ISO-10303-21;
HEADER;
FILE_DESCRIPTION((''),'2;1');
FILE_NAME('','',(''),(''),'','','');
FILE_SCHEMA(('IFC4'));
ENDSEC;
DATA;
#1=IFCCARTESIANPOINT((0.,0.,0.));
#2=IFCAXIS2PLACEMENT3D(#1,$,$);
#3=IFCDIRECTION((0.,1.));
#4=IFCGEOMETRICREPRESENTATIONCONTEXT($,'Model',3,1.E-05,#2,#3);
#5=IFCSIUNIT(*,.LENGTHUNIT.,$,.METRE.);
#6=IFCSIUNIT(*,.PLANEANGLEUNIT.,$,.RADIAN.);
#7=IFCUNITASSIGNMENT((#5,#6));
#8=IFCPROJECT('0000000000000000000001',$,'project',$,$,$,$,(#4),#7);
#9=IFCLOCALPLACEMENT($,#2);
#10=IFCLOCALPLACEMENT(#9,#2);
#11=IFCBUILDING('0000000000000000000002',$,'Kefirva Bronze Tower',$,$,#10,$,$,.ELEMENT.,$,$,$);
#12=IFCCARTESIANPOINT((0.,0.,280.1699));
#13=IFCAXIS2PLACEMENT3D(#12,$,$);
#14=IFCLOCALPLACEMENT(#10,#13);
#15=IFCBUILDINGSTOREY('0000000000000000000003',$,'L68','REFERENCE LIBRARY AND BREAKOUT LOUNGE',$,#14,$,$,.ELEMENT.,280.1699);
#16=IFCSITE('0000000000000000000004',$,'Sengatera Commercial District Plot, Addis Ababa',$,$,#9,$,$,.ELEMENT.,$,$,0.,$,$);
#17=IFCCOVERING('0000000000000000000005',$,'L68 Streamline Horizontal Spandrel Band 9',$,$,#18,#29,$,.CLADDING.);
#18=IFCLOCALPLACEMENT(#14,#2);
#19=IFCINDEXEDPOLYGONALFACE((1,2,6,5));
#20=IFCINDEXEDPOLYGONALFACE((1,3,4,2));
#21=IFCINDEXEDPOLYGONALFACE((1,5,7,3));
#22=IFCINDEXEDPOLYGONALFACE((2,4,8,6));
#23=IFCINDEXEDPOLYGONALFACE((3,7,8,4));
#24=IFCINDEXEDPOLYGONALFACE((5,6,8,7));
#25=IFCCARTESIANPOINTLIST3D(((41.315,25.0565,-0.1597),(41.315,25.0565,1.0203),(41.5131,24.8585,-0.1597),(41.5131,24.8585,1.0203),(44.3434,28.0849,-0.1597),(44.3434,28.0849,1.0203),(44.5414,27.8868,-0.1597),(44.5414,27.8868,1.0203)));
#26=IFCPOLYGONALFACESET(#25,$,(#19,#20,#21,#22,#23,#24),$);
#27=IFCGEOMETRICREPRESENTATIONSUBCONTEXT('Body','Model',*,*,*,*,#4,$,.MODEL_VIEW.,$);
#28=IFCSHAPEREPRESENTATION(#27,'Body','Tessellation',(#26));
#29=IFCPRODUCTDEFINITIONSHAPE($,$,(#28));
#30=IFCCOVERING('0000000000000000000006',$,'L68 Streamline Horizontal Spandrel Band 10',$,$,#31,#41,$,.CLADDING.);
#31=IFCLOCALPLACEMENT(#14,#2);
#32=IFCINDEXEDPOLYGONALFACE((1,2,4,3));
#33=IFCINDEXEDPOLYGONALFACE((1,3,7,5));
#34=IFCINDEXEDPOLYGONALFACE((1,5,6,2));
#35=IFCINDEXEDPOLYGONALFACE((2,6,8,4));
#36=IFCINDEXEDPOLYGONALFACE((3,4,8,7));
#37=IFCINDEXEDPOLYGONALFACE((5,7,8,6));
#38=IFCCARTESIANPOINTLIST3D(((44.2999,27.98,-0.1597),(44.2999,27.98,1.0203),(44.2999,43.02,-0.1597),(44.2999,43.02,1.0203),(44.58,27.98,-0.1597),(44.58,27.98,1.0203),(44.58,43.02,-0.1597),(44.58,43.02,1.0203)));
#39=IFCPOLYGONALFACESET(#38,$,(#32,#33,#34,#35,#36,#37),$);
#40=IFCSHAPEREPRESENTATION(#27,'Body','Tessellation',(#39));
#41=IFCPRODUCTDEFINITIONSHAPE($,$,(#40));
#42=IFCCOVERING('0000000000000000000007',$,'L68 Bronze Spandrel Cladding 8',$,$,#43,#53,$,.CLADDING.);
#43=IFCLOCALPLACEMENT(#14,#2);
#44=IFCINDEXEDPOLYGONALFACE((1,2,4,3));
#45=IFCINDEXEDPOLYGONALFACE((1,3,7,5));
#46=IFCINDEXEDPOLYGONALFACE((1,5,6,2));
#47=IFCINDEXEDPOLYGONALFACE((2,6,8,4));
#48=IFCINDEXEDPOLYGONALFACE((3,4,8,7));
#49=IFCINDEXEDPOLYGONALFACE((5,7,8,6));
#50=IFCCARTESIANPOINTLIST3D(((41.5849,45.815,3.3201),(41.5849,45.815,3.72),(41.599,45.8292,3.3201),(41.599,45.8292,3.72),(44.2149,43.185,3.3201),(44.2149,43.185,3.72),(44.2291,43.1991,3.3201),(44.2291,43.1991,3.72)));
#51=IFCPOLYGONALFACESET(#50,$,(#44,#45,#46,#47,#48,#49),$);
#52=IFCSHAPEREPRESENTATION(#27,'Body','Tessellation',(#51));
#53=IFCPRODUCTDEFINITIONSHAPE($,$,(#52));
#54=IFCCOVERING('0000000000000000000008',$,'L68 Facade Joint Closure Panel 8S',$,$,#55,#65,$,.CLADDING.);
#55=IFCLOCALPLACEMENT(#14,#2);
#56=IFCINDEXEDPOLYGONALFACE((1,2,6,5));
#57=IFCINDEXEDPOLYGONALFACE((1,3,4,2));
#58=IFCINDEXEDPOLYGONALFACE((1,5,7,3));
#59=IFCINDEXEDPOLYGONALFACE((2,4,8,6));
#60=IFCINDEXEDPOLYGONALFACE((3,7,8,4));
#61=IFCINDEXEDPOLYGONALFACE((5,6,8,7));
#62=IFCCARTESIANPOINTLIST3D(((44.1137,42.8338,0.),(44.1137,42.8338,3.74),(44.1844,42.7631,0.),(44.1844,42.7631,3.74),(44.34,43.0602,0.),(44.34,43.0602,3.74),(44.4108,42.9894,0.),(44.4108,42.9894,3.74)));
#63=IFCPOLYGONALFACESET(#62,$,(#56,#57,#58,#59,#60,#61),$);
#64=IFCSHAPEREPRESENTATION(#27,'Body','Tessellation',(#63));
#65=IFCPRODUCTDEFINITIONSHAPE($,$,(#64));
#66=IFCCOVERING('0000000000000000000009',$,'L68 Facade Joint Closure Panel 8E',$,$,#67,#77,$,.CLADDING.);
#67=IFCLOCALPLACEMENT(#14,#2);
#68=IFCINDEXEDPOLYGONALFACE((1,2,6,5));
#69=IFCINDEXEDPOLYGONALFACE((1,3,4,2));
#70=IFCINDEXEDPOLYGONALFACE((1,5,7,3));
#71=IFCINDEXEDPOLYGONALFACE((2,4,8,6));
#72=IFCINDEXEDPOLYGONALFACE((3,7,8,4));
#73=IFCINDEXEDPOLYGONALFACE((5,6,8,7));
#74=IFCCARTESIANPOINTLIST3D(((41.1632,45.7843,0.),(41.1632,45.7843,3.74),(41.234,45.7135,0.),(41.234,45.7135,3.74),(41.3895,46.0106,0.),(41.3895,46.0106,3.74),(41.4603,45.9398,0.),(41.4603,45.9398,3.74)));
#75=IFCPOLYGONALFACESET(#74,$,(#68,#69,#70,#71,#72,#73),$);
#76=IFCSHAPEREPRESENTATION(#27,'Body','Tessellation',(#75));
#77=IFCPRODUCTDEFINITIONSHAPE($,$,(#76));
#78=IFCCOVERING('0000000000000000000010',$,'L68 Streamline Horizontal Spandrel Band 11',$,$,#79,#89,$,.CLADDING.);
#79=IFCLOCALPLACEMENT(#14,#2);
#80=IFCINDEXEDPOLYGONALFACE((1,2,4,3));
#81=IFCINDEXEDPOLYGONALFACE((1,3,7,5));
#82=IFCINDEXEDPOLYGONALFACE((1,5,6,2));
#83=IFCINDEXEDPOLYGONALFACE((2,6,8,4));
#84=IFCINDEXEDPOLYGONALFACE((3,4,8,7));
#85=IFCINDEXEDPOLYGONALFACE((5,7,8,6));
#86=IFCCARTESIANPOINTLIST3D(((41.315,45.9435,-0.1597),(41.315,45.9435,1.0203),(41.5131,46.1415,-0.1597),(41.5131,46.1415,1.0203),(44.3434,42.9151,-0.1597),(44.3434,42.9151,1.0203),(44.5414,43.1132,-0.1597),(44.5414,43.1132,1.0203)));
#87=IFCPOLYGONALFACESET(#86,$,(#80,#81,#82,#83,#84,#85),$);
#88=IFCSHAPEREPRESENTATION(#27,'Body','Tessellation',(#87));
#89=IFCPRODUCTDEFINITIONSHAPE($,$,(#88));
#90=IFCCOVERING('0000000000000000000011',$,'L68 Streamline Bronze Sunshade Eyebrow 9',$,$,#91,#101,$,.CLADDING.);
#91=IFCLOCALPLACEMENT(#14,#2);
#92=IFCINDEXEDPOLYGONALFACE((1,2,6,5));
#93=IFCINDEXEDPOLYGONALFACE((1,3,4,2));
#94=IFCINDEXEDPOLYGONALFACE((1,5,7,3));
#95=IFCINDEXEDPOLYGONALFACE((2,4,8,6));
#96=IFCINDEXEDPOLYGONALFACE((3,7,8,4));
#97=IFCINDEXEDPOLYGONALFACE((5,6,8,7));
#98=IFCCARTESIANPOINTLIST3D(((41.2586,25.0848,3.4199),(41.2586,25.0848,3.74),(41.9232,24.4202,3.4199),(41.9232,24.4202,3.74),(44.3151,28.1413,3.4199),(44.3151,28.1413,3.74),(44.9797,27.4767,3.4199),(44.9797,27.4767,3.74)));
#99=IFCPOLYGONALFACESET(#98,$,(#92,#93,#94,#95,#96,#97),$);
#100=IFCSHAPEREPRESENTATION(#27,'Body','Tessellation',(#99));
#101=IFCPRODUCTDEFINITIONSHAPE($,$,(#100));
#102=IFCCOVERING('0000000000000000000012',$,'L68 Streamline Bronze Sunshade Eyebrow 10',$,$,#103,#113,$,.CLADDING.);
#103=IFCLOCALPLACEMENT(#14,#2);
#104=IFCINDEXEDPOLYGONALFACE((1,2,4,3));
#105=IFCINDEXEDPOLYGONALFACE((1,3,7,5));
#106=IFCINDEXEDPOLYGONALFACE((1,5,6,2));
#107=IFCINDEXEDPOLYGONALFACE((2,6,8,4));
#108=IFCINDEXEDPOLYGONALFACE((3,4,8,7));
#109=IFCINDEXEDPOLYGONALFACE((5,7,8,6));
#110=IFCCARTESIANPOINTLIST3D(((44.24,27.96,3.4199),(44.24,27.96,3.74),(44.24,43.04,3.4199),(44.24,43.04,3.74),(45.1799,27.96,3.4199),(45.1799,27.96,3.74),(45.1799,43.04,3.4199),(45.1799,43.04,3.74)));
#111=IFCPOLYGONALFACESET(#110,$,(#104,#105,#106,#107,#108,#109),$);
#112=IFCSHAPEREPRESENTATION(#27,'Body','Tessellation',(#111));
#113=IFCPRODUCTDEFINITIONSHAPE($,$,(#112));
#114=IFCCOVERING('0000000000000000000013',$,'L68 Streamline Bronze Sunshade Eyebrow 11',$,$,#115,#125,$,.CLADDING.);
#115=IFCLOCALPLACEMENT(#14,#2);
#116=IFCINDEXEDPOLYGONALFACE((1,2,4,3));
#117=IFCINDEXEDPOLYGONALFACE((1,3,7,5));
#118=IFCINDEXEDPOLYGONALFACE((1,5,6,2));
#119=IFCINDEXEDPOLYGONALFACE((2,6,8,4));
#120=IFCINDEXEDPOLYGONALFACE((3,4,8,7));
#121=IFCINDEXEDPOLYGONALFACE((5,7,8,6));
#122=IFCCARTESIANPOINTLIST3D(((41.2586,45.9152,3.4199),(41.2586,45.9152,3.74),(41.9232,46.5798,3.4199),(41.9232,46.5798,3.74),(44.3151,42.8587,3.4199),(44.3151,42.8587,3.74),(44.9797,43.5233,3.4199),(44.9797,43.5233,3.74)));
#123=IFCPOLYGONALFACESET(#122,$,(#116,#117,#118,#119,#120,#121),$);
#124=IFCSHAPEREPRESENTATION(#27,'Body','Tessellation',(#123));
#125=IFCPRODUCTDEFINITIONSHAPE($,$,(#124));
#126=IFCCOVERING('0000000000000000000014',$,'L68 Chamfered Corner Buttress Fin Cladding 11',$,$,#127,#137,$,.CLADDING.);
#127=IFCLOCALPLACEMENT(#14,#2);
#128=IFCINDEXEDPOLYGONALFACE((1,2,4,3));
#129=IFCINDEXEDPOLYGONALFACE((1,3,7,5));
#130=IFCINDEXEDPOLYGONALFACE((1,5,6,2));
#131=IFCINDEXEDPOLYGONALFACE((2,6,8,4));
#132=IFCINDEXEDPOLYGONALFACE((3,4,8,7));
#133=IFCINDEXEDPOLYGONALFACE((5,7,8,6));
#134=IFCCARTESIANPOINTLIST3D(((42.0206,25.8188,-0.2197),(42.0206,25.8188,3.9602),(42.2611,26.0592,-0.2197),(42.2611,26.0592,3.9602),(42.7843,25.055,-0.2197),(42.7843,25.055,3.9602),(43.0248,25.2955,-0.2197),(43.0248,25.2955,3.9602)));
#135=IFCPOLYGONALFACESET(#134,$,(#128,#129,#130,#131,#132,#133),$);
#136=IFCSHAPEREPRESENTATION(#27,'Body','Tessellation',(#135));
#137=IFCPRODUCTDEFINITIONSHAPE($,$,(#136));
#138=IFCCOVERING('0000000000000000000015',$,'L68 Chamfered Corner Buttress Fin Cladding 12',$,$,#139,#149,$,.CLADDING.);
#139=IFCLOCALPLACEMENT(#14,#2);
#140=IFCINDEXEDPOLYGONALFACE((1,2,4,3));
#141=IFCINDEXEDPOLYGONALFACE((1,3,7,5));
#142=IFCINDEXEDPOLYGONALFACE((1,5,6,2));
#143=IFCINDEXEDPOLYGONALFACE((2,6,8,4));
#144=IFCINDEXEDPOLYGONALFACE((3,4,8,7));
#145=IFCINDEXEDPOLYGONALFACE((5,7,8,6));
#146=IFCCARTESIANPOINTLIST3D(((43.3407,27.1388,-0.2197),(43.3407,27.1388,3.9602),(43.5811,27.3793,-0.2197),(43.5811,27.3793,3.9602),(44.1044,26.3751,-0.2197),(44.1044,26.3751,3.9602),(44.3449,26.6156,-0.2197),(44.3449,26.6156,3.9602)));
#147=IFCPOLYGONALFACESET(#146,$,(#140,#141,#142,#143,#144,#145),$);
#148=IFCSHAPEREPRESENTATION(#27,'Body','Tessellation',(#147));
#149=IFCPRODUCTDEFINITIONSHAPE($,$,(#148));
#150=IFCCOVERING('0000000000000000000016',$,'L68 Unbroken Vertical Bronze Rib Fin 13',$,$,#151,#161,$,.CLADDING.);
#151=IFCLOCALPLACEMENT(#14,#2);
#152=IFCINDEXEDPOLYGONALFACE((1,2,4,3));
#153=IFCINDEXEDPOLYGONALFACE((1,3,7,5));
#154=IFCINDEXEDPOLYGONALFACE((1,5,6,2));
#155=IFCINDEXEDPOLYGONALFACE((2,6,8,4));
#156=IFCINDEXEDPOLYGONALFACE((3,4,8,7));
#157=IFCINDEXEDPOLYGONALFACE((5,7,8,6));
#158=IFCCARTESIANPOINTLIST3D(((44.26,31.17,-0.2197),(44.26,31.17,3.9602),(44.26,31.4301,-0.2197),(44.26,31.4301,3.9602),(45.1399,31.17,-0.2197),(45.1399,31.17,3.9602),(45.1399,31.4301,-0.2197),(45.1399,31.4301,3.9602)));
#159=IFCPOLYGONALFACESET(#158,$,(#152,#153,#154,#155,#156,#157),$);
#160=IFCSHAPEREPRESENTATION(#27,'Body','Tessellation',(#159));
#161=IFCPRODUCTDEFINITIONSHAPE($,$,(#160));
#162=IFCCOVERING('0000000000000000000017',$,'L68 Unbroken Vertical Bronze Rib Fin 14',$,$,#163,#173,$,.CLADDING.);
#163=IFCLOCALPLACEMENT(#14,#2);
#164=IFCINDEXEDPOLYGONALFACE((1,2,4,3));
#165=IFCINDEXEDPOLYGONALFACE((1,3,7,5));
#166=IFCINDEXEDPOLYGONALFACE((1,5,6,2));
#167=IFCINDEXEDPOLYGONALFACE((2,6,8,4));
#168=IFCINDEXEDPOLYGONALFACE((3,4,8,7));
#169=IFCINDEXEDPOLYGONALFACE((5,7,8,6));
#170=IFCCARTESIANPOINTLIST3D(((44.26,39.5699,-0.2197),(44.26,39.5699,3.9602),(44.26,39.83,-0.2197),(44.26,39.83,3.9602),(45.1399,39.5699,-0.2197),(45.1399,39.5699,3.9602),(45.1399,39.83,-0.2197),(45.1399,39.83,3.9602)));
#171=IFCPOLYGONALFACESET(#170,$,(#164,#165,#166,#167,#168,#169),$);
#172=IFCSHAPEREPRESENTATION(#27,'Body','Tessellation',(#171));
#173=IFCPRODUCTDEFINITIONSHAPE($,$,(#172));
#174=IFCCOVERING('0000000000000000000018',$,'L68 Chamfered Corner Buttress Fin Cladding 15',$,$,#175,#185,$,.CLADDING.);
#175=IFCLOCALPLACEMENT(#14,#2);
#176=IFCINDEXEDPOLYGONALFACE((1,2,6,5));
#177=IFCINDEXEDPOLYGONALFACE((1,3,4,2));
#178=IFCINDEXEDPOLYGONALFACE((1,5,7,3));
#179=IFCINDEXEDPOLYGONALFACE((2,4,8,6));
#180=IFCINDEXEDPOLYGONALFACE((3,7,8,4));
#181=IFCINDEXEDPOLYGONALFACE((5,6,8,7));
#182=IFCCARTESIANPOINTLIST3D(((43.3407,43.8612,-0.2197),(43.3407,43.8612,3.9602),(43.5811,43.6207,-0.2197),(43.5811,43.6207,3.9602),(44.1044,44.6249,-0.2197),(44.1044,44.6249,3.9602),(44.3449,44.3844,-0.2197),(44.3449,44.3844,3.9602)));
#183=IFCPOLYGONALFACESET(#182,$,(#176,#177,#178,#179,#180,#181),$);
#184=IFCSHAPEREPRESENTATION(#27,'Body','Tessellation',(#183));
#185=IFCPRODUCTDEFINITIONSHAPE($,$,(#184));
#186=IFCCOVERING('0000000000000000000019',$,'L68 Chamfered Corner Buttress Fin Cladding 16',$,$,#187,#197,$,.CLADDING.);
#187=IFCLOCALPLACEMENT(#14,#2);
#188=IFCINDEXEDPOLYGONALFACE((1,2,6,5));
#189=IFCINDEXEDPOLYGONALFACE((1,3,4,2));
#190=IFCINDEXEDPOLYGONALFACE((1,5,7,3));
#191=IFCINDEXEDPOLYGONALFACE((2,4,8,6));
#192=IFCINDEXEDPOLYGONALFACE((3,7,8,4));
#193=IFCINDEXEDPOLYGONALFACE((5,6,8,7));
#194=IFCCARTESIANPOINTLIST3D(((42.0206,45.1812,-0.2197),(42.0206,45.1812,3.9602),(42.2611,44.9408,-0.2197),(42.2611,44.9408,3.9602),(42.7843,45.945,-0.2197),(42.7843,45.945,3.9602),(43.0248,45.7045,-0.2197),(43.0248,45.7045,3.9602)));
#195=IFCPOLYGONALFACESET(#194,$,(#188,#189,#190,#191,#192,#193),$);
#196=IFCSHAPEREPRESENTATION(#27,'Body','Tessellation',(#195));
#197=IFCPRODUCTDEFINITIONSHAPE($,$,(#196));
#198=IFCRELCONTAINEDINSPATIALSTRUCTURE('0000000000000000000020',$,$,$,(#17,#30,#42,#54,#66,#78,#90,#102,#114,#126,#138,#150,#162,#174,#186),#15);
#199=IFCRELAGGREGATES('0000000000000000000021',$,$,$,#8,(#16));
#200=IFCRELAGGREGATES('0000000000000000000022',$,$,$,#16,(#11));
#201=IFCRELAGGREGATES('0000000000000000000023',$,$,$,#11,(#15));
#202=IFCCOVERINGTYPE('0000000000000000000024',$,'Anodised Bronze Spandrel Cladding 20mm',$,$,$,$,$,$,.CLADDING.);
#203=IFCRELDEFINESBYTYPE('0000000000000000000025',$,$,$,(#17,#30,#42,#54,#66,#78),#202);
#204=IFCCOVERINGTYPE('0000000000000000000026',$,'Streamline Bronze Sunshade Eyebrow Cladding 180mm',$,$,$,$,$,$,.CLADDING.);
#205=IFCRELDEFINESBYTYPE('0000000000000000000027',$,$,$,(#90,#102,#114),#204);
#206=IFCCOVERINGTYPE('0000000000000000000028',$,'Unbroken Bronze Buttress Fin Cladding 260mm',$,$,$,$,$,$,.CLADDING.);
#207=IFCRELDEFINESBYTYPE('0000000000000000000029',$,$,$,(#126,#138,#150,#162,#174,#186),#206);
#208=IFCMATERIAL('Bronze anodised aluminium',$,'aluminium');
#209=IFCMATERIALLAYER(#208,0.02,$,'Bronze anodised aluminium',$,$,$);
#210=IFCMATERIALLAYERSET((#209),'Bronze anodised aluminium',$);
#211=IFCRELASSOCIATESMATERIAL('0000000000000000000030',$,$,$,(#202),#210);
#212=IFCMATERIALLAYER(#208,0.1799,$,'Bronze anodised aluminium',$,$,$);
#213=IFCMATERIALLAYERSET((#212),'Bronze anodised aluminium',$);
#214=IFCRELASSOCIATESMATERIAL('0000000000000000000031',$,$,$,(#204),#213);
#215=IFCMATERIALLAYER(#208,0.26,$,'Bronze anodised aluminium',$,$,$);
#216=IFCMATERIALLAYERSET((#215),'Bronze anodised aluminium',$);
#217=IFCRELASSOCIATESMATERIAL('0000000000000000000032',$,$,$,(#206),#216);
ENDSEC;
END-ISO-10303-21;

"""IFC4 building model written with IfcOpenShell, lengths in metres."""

from ifc_helpers import new_model, si_unit, direction, frame, origin, origin_2d, place, context, subcontext, project, spatial, rectangle, extrude, material, layer, layer_set, type_object, element, save


model = new_model("IFC4")

# Units and contexts
model_context = context("Model", 3, precision=1e-05, world=origin(), true_north=direction((0.0, 1.0)))
body_context = subcontext(model_context, "Body", "Model", "MODEL_VIEW")
ifc_project = project(units=[si_unit("LENGTHUNIT", "METRE"), si_unit("PLANEANGLEUNIT", "RADIAN")], contexts=[model_context])

# Site, building, storey
site_placement = place(None, origin())
site = spatial("IfcSite", under=ifc_project, at=site_placement, Name="Sengatera Commercial District Plot, Addis Ababa", CompositionType="ELEMENT", RefElevation=0.0)
building_placement = place(site_placement, origin())
building = spatial("IfcBuilding", under=site, at=building_placement, Name="Kefirva Bronze Tower", CompositionType="ELEMENT")
storey_placement = place(building_placement, frame((0.0, 0.0, 280.1699)))
storey = spatial("IfcBuildingStorey", under=building, at=storey_placement, Name="L68", Description="REFERENCE LIBRARY AND BREAKOUT LOUNGE", CompositionType="ELEMENT", Elevation=280.1699)

# Shared definitions
ifc_material_1 = material(Name="Bronze anodised aluminium", Category="aluminium")

# Coverings
ifc_layer_1 = layer(ifc_material_1, 0.02, Name="Bronze anodised aluminium")
ifc_layer_set_1 = layer_set([ifc_layer_1], Name="Bronze anodised aluminium")
covering_type_1 = type_object("IfcCoveringType", Name="Anodised Bronze Spandrel Cladding 20mm", PredefinedType="CLADDING", material=ifc_layer_set_1)
covering_1_placement = place(storey_placement, frame((42.9282, 26.4717, -0.1597), z_axis=(0.0, 0.0, 1.0), x_axis=(0.707107, 0.707107, 0.0)))
element("IfcCovering", 1, at=covering_1_placement, inside=storey, type_object=covering_type_1, Name="L68 Streamline Horizontal Spandrel Band 9", PredefinedType="CLADDING", context=body_context, shape_type="SweptSolid", body=[
    extrude(rectangle(XDim=4.2827, YDim=0.28, at=origin_2d()), origin(), (0.0, 0.0, 1.0), 1.1799),
])
covering_2_placement = place(storey_placement, frame((44.4399, 35.5, -0.1597), z_axis=(0.0, 0.0, 1.0), x_axis=(0.0, 1.0, 0.0)))
element("IfcCovering", 2, at=covering_2_placement, inside=storey, type_object=covering_type_1, Name="L68 Streamline Horizontal Spandrel Band 10", PredefinedType="CLADDING", context=body_context, shape_type="SweptSolid", body=[
    extrude(rectangle(XDim=15.04, YDim=0.28, at=origin_2d()), origin(), (0.0, 0.0, 1.0), 1.1799),
])
covering_3_placement = place(storey_placement, frame((42.907, 44.5071, 3.3201), z_axis=(0.0, 0.0, 1.0), x_axis=(-0.707107, 0.707107, 0.0)))
element("IfcCovering", 3, at=covering_3_placement, inside=storey, type_object=covering_type_1, Name="L68 Bronze Spandrel Cladding 8", PredefinedType="CLADDING", context=body_context, shape_type="SweptSolid", body=[
    extrude(rectangle(XDim=3.7195, YDim=0.02, at=origin_2d()), origin(), (0.0, 0.0, 1.0), 0.3999),
])
for number, where, z_axis, x_axis, name in (
    (4, (44.2622, 42.9116, 0.0), (0.0, 0.0, 1.0), (-0.707107, 0.707107, 0.0), "L68 Facade Joint Closure Panel 8S"),
    (5, (41.3118, 45.8621, 0.0), (0.0, 0.0, 1.0), (-0.707107, 0.707107, 0.0), "L68 Facade Joint Closure Panel 8E"),
):
    element("IfcCovering", number, at=place(storey_placement, frame(where, z_axis=z_axis, x_axis=x_axis)), inside=storey, type_object=covering_type_1, Name=name, PredefinedType="CLADDING", context=body_context, shape_type="SweptSolid", body=[
        extrude(rectangle(XDim=0.1001, YDim=0.3201, at=origin_2d()), origin(), (0.0, 0.0, 1.0), 3.74),
    ])
covering_4_placement = place(storey_placement, frame((42.9282, 44.5283, -0.1597), z_axis=(0.0, 0.0, 1.0), x_axis=(-0.707107, 0.707107, 0.0)))
element("IfcCovering", 6, at=covering_4_placement, inside=storey, type_object=covering_type_1, Name="L68 Streamline Horizontal Spandrel Band 11", PredefinedType="CLADDING", context=body_context, shape_type="SweptSolid", body=[
    extrude(rectangle(XDim=4.2827, YDim=0.28, at=origin_2d()), origin(), (0.0, 0.0, 1.0), 1.1799),
])
ifc_layer_2 = layer(ifc_material_1, 0.1799, Name="Bronze anodised aluminium")
ifc_layer_set_2 = layer_set([ifc_layer_2], Name="Bronze anodised aluminium")
covering_type_2 = type_object("IfcCoveringType", Name="Streamline Bronze Sunshade Eyebrow Cladding 180mm", PredefinedType="CLADDING", material=ifc_layer_set_2)
covering_5_placement = place(storey_placement, frame((43.1191, 26.2808, 3.4199), z_axis=(0.0, 0.0, 1.0), x_axis=(0.707107, 0.707107, 0.0)))
element("IfcCovering", 7, at=covering_5_placement, inside=storey, type_object=covering_type_2, Name="L68 Streamline Bronze Sunshade Eyebrow 9", PredefinedType="CLADDING", context=body_context, shape_type="SweptSolid", body=[
    extrude(rectangle(XDim=4.3225, YDim=0.9399, at=origin_2d()), origin(), (0.0, 0.0, 1.0), 0.3201),
])
covering_6_placement = place(storey_placement, frame((44.71, 35.5, 3.4199), z_axis=(0.0, 0.0, 1.0), x_axis=(0.0, 1.0, 0.0)))
element("IfcCovering", 8, at=covering_6_placement, inside=storey, type_object=covering_type_2, Name="L68 Streamline Bronze Sunshade Eyebrow 10", PredefinedType="CLADDING", context=body_context, shape_type="SweptSolid", body=[
    extrude(rectangle(XDim=15.0801, YDim=0.9399, at=origin_2d()), origin(), (0.0, 0.0, 1.0), 0.3201),
])
covering_7_placement = place(storey_placement, frame((43.1191, 44.7192, 3.4199), z_axis=(0.0, 0.0, 1.0), x_axis=(-0.707107, 0.707107, 0.0)))
element("IfcCovering", 9, at=covering_7_placement, inside=storey, type_object=covering_type_2, Name="L68 Streamline Bronze Sunshade Eyebrow 11", PredefinedType="CLADDING", context=body_context, shape_type="SweptSolid", body=[
    extrude(rectangle(XDim=4.3225, YDim=0.9399, at=origin_2d()), origin(), (0.0, 0.0, 1.0), 0.3201),
])
ifc_layer_3 = layer(ifc_material_1, 0.26, Name="Bronze anodised aluminium")
ifc_layer_set_3 = layer_set([ifc_layer_3], Name="Bronze anodised aluminium")
covering_type_3 = type_object("IfcCoveringType", Name="Unbroken Bronze Buttress Fin Cladding 260mm", PredefinedType="CLADDING", material=ifc_layer_set_3)
for number, where, z_axis, x_axis, name in (
    (10, (42.5227, 25.5571, -0.2197), (0.0, 0.0, 1.0), (0.707107, 0.707107, 0.0), "L68 Chamfered Corner Buttress Fin Cladding 11"),
    (11, (43.8428, 26.8772, -0.2197), (0.0, 0.0, 1.0), (0.707107, 0.707107, 0.0), "L68 Chamfered Corner Buttress Fin Cladding 12"),
):
    element("IfcCovering", number, at=place(storey_placement, frame(where, z_axis=z_axis, x_axis=x_axis)), inside=storey, type_object=covering_type_3, Name=name, PredefinedType="CLADDING", context=body_context, shape_type="SweptSolid", body=[
        extrude(rectangle(XDim=0.3401, YDim=1.0801, at=origin_2d()), origin(), (0.0, 0.0, 1.0), 4.1799),
    ])
for number, where, z_axis, x_axis, name in (
    (12, (44.7, 31.3, -0.2197), (0.0, 0.0, 1.0), (0.0, 1.0, 0.0), "L68 Unbroken Vertical Bronze Rib Fin 13"),
    (13, (44.7, 39.7, -0.2197), (0.0, 0.0, 1.0), (0.0, 1.0, 0.0), "L68 Unbroken Vertical Bronze Rib Fin 14"),
):
    element("IfcCovering", number, at=place(storey_placement, frame(where, z_axis=z_axis, x_axis=x_axis)), inside=storey, type_object=covering_type_3, Name=name, PredefinedType="CLADDING", context=body_context, shape_type="SweptSolid", body=[
        extrude(rectangle(XDim=0.26, YDim=0.8799, at=origin_2d()), origin(), (0.0, 0.0, 1.0), 4.1799),
    ])
for number, where, z_axis, x_axis, name in (
    (14, (43.8428, 44.1228, -0.2197), (0.0, 0.0, 1.0), (-0.707107, 0.707107, 0.0), "L68 Chamfered Corner Buttress Fin Cladding 15"),
    (15, (42.5227, 45.4429, -0.2197), (0.0, 0.0, 1.0), (-0.707107, 0.707107, 0.0), "L68 Chamfered Corner Buttress Fin Cladding 16"),
):
    element("IfcCovering", number, at=place(storey_placement, frame(where, z_axis=z_axis, x_axis=x_axis)), inside=storey, type_object=covering_type_3, Name=name, PredefinedType="CLADDING", context=body_context, shape_type="SweptSolid", body=[
        extrude(rectangle(XDim=0.3401, YDim=1.0801, at=origin_2d()), origin(), (0.0, 0.0, 1.0), 4.1799),
    ])

save(model, "model.ifc")
